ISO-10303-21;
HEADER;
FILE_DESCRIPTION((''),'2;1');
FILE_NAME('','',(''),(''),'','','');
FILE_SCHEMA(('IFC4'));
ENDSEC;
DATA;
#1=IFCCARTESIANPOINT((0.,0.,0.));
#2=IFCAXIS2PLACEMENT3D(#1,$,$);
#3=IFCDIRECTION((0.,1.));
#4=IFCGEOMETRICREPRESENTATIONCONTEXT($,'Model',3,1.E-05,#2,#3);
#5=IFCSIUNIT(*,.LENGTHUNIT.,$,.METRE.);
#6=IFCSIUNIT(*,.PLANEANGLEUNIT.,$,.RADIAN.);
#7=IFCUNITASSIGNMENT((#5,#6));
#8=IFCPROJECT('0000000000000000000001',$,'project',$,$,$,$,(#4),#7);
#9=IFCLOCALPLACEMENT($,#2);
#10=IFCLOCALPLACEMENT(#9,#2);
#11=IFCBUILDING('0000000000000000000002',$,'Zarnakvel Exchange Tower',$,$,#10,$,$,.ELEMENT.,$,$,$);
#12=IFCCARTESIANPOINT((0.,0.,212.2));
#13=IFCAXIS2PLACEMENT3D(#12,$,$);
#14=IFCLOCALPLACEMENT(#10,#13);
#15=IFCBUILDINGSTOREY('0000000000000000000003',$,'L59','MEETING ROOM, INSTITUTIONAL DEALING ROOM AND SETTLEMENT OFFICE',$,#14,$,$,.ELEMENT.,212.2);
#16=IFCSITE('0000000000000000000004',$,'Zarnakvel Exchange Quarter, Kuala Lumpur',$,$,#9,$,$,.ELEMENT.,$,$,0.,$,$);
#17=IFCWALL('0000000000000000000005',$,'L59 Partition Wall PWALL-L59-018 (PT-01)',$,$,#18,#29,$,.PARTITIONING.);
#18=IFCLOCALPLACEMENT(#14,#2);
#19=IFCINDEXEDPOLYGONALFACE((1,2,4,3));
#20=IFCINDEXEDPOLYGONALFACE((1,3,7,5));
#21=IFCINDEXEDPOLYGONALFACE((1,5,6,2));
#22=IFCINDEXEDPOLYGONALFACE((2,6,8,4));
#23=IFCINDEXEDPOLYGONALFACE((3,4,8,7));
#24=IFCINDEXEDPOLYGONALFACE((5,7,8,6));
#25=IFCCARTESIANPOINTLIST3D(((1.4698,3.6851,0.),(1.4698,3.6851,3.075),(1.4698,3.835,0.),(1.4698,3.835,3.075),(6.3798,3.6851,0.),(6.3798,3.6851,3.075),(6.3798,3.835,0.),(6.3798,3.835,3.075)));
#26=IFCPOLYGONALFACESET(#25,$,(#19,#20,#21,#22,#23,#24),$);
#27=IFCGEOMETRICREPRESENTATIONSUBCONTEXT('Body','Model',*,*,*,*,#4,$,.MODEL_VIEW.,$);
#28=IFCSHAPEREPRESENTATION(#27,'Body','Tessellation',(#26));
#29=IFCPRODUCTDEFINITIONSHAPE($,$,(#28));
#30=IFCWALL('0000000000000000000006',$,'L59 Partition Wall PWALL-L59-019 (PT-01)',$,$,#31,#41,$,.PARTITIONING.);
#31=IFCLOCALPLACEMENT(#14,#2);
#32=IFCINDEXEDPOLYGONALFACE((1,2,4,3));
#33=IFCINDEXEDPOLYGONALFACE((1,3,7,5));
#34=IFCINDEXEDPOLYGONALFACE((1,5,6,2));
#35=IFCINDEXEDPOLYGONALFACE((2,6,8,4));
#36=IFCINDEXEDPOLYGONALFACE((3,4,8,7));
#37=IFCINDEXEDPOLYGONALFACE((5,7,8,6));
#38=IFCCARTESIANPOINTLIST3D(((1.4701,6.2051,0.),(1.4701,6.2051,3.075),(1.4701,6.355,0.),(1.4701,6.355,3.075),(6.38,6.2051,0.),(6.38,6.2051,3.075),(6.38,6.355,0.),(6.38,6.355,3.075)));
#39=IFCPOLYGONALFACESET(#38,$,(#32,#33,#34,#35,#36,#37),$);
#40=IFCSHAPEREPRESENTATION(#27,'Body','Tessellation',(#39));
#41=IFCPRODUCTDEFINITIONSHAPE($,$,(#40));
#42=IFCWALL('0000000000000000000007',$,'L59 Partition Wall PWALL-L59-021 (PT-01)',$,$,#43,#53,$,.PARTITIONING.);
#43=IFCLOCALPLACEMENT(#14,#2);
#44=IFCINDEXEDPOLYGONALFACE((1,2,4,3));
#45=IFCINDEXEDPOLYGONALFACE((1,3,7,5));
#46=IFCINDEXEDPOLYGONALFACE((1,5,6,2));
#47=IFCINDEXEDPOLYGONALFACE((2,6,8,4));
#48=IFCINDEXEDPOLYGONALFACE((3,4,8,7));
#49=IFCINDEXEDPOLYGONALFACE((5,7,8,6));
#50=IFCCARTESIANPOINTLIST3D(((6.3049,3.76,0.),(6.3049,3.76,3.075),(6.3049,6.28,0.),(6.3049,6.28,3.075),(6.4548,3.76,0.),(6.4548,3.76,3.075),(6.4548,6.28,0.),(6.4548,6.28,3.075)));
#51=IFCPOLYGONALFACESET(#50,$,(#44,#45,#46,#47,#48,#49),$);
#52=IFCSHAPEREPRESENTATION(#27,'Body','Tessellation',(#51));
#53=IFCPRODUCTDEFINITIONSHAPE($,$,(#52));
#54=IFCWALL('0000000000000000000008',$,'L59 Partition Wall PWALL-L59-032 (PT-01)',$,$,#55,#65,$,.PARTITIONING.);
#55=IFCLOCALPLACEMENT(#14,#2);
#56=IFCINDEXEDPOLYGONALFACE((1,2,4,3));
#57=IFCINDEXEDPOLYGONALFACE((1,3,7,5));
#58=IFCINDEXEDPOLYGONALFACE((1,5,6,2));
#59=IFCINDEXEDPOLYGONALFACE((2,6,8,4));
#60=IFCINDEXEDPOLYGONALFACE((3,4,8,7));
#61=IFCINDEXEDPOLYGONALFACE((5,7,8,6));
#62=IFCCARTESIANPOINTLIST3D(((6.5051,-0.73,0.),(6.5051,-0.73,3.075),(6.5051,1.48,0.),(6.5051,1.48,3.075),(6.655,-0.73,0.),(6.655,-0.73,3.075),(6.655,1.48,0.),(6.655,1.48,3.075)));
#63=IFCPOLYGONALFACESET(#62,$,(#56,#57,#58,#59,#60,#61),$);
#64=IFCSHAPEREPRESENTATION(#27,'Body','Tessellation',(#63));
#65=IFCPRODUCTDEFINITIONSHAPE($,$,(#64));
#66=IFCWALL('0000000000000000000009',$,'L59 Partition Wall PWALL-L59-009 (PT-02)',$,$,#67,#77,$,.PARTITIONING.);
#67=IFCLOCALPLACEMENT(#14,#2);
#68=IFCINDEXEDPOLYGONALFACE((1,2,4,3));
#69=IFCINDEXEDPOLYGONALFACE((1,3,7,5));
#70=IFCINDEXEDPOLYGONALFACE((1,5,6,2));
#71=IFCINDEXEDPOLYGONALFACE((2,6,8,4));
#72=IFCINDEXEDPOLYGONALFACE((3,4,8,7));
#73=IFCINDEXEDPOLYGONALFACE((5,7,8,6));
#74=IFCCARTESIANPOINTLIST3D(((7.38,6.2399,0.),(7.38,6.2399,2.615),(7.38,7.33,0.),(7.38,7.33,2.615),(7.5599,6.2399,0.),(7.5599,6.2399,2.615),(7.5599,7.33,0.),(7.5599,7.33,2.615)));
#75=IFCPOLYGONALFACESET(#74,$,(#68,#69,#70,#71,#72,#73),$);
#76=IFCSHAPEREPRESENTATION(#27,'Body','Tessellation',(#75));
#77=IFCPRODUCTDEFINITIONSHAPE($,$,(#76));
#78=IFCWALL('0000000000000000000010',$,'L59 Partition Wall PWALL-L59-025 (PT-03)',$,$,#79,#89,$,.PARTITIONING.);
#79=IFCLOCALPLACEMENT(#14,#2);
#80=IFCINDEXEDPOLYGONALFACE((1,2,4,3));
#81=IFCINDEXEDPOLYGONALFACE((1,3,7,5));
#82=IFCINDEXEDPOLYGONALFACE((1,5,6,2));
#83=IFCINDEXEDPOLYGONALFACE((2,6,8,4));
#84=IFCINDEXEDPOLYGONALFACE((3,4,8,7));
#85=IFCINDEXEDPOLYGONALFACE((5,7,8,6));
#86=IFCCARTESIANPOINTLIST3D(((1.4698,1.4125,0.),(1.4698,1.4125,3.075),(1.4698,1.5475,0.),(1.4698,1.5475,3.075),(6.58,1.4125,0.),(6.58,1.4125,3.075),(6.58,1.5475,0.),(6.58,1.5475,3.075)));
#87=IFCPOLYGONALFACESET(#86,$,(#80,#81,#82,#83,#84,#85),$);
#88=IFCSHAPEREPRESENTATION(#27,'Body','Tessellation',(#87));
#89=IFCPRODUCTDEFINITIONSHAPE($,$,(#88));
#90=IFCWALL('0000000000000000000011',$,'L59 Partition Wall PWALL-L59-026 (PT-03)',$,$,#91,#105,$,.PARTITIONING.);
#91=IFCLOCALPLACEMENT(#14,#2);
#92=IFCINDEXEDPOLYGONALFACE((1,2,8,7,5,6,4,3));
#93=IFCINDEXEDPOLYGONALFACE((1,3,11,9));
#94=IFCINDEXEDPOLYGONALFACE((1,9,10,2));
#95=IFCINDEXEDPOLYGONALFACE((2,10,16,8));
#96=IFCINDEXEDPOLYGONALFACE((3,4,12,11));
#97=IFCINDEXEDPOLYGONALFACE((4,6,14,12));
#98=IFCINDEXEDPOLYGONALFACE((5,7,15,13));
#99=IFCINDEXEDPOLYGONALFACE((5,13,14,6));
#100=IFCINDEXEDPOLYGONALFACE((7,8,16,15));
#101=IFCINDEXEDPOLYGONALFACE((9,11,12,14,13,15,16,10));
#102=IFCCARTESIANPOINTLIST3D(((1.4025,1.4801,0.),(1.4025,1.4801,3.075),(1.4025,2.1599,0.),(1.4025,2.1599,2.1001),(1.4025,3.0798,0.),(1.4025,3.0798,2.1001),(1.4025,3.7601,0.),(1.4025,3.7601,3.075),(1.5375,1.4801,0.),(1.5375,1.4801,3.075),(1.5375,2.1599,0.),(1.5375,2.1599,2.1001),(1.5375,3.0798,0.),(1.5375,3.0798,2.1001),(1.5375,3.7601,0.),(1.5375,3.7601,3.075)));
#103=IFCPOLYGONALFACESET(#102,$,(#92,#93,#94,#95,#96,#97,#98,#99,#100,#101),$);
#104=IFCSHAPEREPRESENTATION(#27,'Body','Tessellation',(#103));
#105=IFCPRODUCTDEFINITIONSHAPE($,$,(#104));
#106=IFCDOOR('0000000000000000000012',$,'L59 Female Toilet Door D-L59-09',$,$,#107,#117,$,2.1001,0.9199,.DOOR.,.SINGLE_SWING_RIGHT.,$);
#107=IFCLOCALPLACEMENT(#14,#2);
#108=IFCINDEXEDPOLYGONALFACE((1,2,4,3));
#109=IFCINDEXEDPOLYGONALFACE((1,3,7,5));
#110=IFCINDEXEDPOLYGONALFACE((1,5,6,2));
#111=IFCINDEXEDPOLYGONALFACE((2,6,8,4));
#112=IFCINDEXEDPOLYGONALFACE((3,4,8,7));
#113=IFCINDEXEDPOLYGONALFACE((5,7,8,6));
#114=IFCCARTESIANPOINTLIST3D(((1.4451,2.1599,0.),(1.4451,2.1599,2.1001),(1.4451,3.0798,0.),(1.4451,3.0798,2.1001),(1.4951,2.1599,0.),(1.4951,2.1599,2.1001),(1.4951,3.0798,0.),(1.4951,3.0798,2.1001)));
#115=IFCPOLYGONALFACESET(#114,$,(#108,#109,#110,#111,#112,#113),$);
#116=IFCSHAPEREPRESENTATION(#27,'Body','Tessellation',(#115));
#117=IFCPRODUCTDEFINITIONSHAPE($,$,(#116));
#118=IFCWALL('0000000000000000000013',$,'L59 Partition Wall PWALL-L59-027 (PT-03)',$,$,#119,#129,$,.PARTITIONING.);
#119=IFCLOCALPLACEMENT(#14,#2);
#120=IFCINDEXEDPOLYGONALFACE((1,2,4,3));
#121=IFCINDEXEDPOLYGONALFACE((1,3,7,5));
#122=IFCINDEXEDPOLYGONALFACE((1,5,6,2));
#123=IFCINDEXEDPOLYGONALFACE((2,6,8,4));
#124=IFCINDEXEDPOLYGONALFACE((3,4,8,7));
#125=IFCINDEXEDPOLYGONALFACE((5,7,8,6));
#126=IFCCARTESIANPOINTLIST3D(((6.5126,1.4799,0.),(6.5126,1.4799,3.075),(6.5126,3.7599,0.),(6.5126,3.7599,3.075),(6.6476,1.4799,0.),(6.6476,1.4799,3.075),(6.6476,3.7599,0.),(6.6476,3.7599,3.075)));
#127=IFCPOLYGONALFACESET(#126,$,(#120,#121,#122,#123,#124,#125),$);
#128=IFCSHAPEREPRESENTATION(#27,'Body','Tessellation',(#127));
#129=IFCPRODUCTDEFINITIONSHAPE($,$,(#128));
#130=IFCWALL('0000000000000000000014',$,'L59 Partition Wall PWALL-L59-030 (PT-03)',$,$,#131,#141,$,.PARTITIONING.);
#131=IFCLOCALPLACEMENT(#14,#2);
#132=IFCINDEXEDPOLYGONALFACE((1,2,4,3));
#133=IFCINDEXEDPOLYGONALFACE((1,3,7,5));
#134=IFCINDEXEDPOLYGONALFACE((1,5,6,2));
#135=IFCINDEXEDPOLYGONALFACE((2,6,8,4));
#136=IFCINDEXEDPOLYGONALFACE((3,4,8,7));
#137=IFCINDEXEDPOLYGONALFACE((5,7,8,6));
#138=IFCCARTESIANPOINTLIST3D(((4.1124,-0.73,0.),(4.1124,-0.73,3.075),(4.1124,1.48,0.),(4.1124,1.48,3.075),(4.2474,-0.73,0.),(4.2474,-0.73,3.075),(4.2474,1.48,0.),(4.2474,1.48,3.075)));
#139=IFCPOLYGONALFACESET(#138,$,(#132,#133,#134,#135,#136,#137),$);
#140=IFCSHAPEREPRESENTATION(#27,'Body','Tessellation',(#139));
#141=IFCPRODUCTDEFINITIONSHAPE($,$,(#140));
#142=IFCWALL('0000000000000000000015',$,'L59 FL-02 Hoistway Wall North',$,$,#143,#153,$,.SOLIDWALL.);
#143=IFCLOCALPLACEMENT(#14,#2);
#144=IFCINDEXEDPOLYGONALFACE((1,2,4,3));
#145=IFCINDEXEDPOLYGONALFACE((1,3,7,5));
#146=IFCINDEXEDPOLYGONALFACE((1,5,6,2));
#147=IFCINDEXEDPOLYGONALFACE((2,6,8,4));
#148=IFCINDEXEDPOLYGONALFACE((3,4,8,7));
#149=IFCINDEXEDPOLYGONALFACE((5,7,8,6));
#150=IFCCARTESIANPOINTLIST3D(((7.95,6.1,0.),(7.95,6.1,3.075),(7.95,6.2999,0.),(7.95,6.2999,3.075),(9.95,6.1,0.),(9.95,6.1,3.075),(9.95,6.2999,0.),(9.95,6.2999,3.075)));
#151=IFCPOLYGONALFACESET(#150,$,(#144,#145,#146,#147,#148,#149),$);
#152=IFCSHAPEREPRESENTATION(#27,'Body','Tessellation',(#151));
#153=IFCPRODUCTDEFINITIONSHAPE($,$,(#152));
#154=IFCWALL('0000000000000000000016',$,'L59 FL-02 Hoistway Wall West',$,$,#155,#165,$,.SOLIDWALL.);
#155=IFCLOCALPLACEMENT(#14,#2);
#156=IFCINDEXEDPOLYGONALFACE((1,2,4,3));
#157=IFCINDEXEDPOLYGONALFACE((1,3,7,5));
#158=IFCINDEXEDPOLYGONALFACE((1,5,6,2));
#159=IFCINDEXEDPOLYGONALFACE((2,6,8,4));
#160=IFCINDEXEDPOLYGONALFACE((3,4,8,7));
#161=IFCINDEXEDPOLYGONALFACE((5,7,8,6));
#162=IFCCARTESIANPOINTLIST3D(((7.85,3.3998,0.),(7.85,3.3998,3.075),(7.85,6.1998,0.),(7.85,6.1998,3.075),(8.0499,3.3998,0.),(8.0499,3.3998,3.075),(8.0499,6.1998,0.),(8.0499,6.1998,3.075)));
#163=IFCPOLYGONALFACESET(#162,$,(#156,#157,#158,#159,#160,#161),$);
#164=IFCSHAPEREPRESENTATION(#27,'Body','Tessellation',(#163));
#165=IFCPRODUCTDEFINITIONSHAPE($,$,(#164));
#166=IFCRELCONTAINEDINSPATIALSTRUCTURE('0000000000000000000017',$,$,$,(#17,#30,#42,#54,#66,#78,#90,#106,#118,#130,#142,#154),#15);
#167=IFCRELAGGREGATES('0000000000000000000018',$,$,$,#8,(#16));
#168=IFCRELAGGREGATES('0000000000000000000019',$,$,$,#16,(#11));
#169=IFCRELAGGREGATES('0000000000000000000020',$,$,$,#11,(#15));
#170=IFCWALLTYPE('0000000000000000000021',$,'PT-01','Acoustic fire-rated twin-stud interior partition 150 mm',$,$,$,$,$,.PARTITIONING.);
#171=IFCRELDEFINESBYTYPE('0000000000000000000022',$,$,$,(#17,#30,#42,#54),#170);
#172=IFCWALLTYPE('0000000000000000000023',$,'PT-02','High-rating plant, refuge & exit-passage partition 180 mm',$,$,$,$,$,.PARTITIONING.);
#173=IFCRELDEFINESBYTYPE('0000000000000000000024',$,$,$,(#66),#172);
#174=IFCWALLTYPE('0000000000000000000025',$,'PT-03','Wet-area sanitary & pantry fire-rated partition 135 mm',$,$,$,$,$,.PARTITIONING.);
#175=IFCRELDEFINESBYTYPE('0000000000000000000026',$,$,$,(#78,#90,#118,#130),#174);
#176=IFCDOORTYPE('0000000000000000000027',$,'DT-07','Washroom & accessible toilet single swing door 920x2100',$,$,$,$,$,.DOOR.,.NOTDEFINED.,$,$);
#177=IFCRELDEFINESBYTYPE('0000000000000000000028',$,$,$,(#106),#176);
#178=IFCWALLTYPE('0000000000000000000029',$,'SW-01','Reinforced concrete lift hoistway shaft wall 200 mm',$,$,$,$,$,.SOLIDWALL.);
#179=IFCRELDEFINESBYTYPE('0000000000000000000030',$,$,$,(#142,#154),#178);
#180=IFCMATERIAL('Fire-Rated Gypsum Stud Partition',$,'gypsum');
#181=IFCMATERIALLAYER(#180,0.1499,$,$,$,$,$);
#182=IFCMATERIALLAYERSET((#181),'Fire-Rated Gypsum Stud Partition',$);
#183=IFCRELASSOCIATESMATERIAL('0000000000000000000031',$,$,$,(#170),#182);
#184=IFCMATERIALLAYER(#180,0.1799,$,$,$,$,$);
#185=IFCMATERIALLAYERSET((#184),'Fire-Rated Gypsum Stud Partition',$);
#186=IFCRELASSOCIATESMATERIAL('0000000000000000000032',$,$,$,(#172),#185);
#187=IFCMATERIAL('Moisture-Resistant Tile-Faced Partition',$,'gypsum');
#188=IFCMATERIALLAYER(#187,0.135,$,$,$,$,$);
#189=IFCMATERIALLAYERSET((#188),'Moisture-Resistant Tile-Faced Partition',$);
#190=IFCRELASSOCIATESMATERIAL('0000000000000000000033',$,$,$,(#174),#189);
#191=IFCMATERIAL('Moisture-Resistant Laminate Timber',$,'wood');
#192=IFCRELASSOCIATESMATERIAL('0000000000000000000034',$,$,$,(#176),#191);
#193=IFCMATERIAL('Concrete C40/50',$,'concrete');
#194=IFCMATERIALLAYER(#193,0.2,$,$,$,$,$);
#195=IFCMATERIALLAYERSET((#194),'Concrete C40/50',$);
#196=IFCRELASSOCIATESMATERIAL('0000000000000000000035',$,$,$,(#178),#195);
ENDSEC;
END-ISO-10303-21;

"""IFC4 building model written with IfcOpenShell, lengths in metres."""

from ifc_helpers import new_model, si_unit, direction, frame, frame_2d, origin, place, context, subcontext, project, spatial, rectangle, extrude, source, transform, mapped, material, layer, layer_set, type_object, element, fill, save


model = new_model("IFC4")

# Units and contexts
model_context = context("Model", 3, precision=1e-05, world=origin(), true_north=direction((0.0, 1.0)))
body_context = subcontext(model_context, "Body", "Model", "MODEL_VIEW")
ifc_project = project(units=[si_unit("LENGTHUNIT", "METRE"), si_unit("PLANEANGLEUNIT", "RADIAN")], contexts=[model_context])

# Site, building, storey
site_placement = place(None, origin())
site = spatial("IfcSite", under=ifc_project, at=site_placement, Name="Zarnakvel Exchange Quarter, Kuala Lumpur", CompositionType="ELEMENT", RefElevation=0.0)
building_placement = place(site_placement, origin())
building = spatial("IfcBuilding", under=site, at=building_placement, Name="Zarnakvel Exchange Tower", CompositionType="ELEMENT")
storey_placement = place(building_placement, frame((0.0, 0.0, 212.2)))
storey = spatial("IfcBuildingStorey", under=building, at=storey_placement, Name="L59", Description="MEETING ROOM, INSTITUTIONAL DEALING ROOM AND SETTLEMENT OFFICE", CompositionType="ELEMENT", Elevation=212.2)

# Walls
ifc_material_1 = material(Name="Fire-Rated Gypsum Stud Partition", Category="gypsum")
ifc_layer_1 = layer(ifc_material_1, 0.1499)
ifc_layer_set_1 = layer_set([ifc_layer_1], Name="Fire-Rated Gypsum Stud Partition")
wall_type_1 = type_object("IfcWallType", Name="PT-01", Description="Acoustic fire-rated twin-stud interior partition 150 mm", PredefinedType="PARTITIONING", material=ifc_layer_set_1)
for number, where, z_axis, x_axis, name in (
    (1, (6.3799, 3.76, 0.0), (0.0, 0.0, 1.0), (-1.0, 0.0, 0.0), "L59 Partition Wall PWALL-L59-018 (PT-01)"),
    (2, (1.47, 6.28, 0.0), (0.0, 0.0, 1.0), (1.0, 0.0, 0.0), "L59 Partition Wall PWALL-L59-019 (PT-01)"),
):
    element("IfcWall", number, at=place(storey_placement, frame(where, z_axis=z_axis, x_axis=x_axis)), inside=storey, type_object=wall_type_1, Name=name, PredefinedType="PARTITIONING", context=body_context, shape_type="SweptSolid", body=[
        extrude(rectangle(XDim=4.9099, YDim=0.1499, at=frame_2d((2.4551, 0.0))), origin(), (0.0, 0.0, 1.0), 3.075),
    ])

# Walls
wall_1_placement = place(storey_placement, frame((6.3799, 6.28, 0.0), z_axis=(0.0, 0.0, 1.0), x_axis=(0.0, -1.0, 0.0)))
element("IfcWall", 3, at=wall_1_placement, inside=storey, type_object=wall_type_1, Name="L59 Partition Wall PWALL-L59-021 (PT-01)", PredefinedType="PARTITIONING", context=body_context, shape_type="SweptSolid", body=[
    extrude(rectangle(XDim=2.52, YDim=0.1499, at=frame_2d((1.26, 0.0))), origin(), (0.0, 0.0, 1.0), 3.075),
])
wall_2_placement = place(storey_placement, frame((6.5801, 1.48, 0.0), z_axis=(0.0, 0.0, 1.0), x_axis=(0.0, -1.0, 0.0)))
element("IfcWall", 4, at=wall_2_placement, inside=storey, type_object=wall_type_1, Name="L59 Partition Wall PWALL-L59-032 (PT-01)", PredefinedType="PARTITIONING", context=body_context, shape_type="SweptSolid", body=[
    extrude(rectangle(XDim=2.21, YDim=0.1499, at=frame_2d((1.105, 0.0))), origin(), (0.0, 0.0, 1.0), 3.075),
])
ifc_layer_2 = layer(ifc_material_1, 0.1799)
ifc_layer_set_2 = layer_set([ifc_layer_2], Name="Fire-Rated Gypsum Stud Partition")
wall_type_2 = type_object("IfcWallType", Name="PT-02", Description="High-rating plant, refuge & exit-passage partition 180 mm", PredefinedType="PARTITIONING", material=ifc_layer_set_2)
wall_3_placement = place(storey_placement, frame((7.47, 6.24, 0.0), z_axis=(0.0, 0.0, 1.0), x_axis=(0.0, 1.0, 0.0)))
element("IfcWall", 5, at=wall_3_placement, inside=storey, type_object=wall_type_2, Name="L59 Partition Wall PWALL-L59-009 (PT-02)", PredefinedType="PARTITIONING", context=body_context, shape_type="SweptSolid", body=[
    extrude(rectangle(XDim=1.0901, YDim=0.1799, at=frame_2d((0.5449, 0.0))), origin(), (0.0, 0.0, 1.0), 2.615),
])
ifc_material_2 = material(Name="Moisture-Resistant Tile-Faced Partition", Category="gypsum")
ifc_layer_3 = layer(ifc_material_2, 0.135)
ifc_layer_set_3 = layer_set([ifc_layer_3], Name="Moisture-Resistant Tile-Faced Partition")
wall_type_3 = type_object("IfcWallType", Name="PT-03", Description="Wet-area sanitary & pantry fire-rated partition 135 mm", PredefinedType="PARTITIONING", material=ifc_layer_set_3)
wall_4_placement = place(storey_placement, frame((6.5801, 1.48, 0.0), z_axis=(0.0, 0.0, 1.0), x_axis=(-1.0, 0.0, 0.0)))
element("IfcWall", 6, at=wall_4_placement, inside=storey, type_object=wall_type_3, Name="L59 Partition Wall PWALL-L59-025 (PT-03)", PredefinedType="PARTITIONING", context=body_context, shape_type="SweptSolid", body=[
    extrude(rectangle(XDim=5.1101, YDim=0.135, at=frame_2d((2.5552, 0.0))), origin(), (0.0, 0.0, 1.0), 3.075),
])

# Wall, opening, door
wall_5_placement = place(storey_placement, frame((1.47, 1.48, 0.0), z_axis=(0.0, 0.0, 1.0), x_axis=(0.0, 1.0, 0.0)))
wall_5 = element("IfcWall", 7, at=wall_5_placement, inside=storey, type_object=wall_type_3, Name="L59 Partition Wall PWALL-L59-026 (PT-03)", PredefinedType="PARTITIONING", context=body_context, shape_type="SweptSolid", body=[
    extrude(rectangle(XDim=2.28, YDim=0.135, at=frame_2d((1.1401, 0.0))), origin(), (0.0, 0.0, 1.0), 3.075),
])
opening_1_placement = place(wall_5_placement, frame((0.6799, 0.0, 0.0)))
opening_1 = element("IfcOpeningElement", 8, at=opening_1_placement, cuts=wall_5, PredefinedType="OPENING", context=body_context, shape_type="SweptSolid", body=[
    extrude(rectangle(XDim=0.9199, YDim=2.1001, at=frame_2d((0.46, 1.05))), frame((0.0, 0.0774, 0.0), z_axis=(0.0, -1.0, 0.0), x_axis=(1.0, 0.0, 0.0)), (0.0, 0.0, 1.0), 0.155),
])
ifc_material_3 = material(Name="Moisture-Resistant Laminate Timber", Category="wood")
door_type_1 = type_object("IfcDoorType", Name="DT-07", Description="Washroom & accessible toilet single swing door 920x2100", OperationType="NOTDEFINED", PredefinedType="DOOR", material=ifc_material_3)
shared_shape_1 = source(origin(), body_context, "Body", "SweptSolid", [
    extrude(rectangle(XDim=0.9199, YDim=2.1001, at=frame_2d((0.46, 1.05))), frame((0.0, 0.0249, 0.0), z_axis=(0.0, -1.0, 0.0), x_axis=(1.0, 0.0, 0.0)), (0.0, 0.0, 1.0), 0.05),
])
door_1_placement = place(opening_1_placement, origin())
door_1 = element("IfcDoor", 9, at=door_1_placement, inside=storey, type_object=door_type_1, Name="L59 Female Toilet Door D-L59-09", OperationType="SINGLE_SWING_RIGHT", OverallHeight=2.1001, OverallWidth=0.9199, PredefinedType="DOOR", context=body_context, shape_type="MappedRepresentation", body=[
    mapped(shared_shape_1, transform((0.0, 0.0, 0.0), x_axis=(1.0, 0.0, 0.0), y_axis=(0.0, 1.0, 0.0), z_axis=(0.0, 0.0, 1.0), scale=1.0)),
])
fill(opening_1, door_1)

# Walls
wall_6_placement = place(storey_placement, frame((6.5801, 3.76, 0.0), z_axis=(0.0, 0.0, 1.0), x_axis=(0.0, -1.0, 0.0)))
element("IfcWall", 10, at=wall_6_placement, inside=storey, type_object=wall_type_3, Name="L59 Partition Wall PWALL-L59-027 (PT-03)", PredefinedType="PARTITIONING", context=body_context, shape_type="SweptSolid", body=[
    extrude(rectangle(XDim=2.28, YDim=0.135, at=frame_2d((1.1401, 0.0))), origin(), (0.0, 0.0, 1.0), 3.075),
])
wall_7_placement = place(storey_placement, frame((4.1799, 1.48, 0.0), z_axis=(0.0, 0.0, 1.0), x_axis=(0.0, -1.0, 0.0)))
element("IfcWall", 11, at=wall_7_placement, inside=storey, type_object=wall_type_3, Name="L59 Partition Wall PWALL-L59-030 (PT-03)", PredefinedType="PARTITIONING", context=body_context, shape_type="SweptSolid", body=[
    extrude(rectangle(XDim=2.21, YDim=0.135, at=frame_2d((1.105, 0.0))), origin(), (0.0, 0.0, 1.0), 3.075),
])
ifc_material_4 = material(Name="Concrete C40/50", Category="concrete")
ifc_layer_4 = layer(ifc_material_4, 0.2)
ifc_layer_set_4 = layer_set([ifc_layer_4], Name="Concrete C40/50")
wall_type_4 = type_object("IfcWallType", Name="SW-01", Description="Reinforced concrete lift hoistway shaft wall 200 mm", PredefinedType="SOLIDWALL", material=ifc_layer_set_4)
wall_8_placement = place(storey_placement, frame((7.95, 6.2, 0.0), z_axis=(0.0, 0.0, 1.0), x_axis=(1.0, 0.0, 0.0)))
element("IfcWall", 12, at=wall_8_placement, inside=storey, type_object=wall_type_4, Name="L59 FL-02 Hoistway Wall North", PredefinedType="SOLIDWALL", context=body_context, shape_type="SweptSolid", body=[
    extrude(rectangle(XDim=2.0, YDim=0.2, at=frame_2d((1.0, 0.0))), origin(), (0.0, 0.0, 1.0), 3.075),
])
wall_9_placement = place(storey_placement, frame((7.95, 3.3999, 0.0), z_axis=(0.0, 0.0, 1.0), x_axis=(0.0, 1.0, 0.0)))
element("IfcWall", 13, at=wall_9_placement, inside=storey, type_object=wall_type_4, Name="L59 FL-02 Hoistway Wall West", PredefinedType="SOLIDWALL", context=body_context, shape_type="SweptSolid", body=[
    extrude(rectangle(XDim=2.8, YDim=0.2, at=frame_2d((1.3999, 0.0))), origin(), (0.0, 0.0, 1.0), 3.075),
])

save(model, "model.ifc")
